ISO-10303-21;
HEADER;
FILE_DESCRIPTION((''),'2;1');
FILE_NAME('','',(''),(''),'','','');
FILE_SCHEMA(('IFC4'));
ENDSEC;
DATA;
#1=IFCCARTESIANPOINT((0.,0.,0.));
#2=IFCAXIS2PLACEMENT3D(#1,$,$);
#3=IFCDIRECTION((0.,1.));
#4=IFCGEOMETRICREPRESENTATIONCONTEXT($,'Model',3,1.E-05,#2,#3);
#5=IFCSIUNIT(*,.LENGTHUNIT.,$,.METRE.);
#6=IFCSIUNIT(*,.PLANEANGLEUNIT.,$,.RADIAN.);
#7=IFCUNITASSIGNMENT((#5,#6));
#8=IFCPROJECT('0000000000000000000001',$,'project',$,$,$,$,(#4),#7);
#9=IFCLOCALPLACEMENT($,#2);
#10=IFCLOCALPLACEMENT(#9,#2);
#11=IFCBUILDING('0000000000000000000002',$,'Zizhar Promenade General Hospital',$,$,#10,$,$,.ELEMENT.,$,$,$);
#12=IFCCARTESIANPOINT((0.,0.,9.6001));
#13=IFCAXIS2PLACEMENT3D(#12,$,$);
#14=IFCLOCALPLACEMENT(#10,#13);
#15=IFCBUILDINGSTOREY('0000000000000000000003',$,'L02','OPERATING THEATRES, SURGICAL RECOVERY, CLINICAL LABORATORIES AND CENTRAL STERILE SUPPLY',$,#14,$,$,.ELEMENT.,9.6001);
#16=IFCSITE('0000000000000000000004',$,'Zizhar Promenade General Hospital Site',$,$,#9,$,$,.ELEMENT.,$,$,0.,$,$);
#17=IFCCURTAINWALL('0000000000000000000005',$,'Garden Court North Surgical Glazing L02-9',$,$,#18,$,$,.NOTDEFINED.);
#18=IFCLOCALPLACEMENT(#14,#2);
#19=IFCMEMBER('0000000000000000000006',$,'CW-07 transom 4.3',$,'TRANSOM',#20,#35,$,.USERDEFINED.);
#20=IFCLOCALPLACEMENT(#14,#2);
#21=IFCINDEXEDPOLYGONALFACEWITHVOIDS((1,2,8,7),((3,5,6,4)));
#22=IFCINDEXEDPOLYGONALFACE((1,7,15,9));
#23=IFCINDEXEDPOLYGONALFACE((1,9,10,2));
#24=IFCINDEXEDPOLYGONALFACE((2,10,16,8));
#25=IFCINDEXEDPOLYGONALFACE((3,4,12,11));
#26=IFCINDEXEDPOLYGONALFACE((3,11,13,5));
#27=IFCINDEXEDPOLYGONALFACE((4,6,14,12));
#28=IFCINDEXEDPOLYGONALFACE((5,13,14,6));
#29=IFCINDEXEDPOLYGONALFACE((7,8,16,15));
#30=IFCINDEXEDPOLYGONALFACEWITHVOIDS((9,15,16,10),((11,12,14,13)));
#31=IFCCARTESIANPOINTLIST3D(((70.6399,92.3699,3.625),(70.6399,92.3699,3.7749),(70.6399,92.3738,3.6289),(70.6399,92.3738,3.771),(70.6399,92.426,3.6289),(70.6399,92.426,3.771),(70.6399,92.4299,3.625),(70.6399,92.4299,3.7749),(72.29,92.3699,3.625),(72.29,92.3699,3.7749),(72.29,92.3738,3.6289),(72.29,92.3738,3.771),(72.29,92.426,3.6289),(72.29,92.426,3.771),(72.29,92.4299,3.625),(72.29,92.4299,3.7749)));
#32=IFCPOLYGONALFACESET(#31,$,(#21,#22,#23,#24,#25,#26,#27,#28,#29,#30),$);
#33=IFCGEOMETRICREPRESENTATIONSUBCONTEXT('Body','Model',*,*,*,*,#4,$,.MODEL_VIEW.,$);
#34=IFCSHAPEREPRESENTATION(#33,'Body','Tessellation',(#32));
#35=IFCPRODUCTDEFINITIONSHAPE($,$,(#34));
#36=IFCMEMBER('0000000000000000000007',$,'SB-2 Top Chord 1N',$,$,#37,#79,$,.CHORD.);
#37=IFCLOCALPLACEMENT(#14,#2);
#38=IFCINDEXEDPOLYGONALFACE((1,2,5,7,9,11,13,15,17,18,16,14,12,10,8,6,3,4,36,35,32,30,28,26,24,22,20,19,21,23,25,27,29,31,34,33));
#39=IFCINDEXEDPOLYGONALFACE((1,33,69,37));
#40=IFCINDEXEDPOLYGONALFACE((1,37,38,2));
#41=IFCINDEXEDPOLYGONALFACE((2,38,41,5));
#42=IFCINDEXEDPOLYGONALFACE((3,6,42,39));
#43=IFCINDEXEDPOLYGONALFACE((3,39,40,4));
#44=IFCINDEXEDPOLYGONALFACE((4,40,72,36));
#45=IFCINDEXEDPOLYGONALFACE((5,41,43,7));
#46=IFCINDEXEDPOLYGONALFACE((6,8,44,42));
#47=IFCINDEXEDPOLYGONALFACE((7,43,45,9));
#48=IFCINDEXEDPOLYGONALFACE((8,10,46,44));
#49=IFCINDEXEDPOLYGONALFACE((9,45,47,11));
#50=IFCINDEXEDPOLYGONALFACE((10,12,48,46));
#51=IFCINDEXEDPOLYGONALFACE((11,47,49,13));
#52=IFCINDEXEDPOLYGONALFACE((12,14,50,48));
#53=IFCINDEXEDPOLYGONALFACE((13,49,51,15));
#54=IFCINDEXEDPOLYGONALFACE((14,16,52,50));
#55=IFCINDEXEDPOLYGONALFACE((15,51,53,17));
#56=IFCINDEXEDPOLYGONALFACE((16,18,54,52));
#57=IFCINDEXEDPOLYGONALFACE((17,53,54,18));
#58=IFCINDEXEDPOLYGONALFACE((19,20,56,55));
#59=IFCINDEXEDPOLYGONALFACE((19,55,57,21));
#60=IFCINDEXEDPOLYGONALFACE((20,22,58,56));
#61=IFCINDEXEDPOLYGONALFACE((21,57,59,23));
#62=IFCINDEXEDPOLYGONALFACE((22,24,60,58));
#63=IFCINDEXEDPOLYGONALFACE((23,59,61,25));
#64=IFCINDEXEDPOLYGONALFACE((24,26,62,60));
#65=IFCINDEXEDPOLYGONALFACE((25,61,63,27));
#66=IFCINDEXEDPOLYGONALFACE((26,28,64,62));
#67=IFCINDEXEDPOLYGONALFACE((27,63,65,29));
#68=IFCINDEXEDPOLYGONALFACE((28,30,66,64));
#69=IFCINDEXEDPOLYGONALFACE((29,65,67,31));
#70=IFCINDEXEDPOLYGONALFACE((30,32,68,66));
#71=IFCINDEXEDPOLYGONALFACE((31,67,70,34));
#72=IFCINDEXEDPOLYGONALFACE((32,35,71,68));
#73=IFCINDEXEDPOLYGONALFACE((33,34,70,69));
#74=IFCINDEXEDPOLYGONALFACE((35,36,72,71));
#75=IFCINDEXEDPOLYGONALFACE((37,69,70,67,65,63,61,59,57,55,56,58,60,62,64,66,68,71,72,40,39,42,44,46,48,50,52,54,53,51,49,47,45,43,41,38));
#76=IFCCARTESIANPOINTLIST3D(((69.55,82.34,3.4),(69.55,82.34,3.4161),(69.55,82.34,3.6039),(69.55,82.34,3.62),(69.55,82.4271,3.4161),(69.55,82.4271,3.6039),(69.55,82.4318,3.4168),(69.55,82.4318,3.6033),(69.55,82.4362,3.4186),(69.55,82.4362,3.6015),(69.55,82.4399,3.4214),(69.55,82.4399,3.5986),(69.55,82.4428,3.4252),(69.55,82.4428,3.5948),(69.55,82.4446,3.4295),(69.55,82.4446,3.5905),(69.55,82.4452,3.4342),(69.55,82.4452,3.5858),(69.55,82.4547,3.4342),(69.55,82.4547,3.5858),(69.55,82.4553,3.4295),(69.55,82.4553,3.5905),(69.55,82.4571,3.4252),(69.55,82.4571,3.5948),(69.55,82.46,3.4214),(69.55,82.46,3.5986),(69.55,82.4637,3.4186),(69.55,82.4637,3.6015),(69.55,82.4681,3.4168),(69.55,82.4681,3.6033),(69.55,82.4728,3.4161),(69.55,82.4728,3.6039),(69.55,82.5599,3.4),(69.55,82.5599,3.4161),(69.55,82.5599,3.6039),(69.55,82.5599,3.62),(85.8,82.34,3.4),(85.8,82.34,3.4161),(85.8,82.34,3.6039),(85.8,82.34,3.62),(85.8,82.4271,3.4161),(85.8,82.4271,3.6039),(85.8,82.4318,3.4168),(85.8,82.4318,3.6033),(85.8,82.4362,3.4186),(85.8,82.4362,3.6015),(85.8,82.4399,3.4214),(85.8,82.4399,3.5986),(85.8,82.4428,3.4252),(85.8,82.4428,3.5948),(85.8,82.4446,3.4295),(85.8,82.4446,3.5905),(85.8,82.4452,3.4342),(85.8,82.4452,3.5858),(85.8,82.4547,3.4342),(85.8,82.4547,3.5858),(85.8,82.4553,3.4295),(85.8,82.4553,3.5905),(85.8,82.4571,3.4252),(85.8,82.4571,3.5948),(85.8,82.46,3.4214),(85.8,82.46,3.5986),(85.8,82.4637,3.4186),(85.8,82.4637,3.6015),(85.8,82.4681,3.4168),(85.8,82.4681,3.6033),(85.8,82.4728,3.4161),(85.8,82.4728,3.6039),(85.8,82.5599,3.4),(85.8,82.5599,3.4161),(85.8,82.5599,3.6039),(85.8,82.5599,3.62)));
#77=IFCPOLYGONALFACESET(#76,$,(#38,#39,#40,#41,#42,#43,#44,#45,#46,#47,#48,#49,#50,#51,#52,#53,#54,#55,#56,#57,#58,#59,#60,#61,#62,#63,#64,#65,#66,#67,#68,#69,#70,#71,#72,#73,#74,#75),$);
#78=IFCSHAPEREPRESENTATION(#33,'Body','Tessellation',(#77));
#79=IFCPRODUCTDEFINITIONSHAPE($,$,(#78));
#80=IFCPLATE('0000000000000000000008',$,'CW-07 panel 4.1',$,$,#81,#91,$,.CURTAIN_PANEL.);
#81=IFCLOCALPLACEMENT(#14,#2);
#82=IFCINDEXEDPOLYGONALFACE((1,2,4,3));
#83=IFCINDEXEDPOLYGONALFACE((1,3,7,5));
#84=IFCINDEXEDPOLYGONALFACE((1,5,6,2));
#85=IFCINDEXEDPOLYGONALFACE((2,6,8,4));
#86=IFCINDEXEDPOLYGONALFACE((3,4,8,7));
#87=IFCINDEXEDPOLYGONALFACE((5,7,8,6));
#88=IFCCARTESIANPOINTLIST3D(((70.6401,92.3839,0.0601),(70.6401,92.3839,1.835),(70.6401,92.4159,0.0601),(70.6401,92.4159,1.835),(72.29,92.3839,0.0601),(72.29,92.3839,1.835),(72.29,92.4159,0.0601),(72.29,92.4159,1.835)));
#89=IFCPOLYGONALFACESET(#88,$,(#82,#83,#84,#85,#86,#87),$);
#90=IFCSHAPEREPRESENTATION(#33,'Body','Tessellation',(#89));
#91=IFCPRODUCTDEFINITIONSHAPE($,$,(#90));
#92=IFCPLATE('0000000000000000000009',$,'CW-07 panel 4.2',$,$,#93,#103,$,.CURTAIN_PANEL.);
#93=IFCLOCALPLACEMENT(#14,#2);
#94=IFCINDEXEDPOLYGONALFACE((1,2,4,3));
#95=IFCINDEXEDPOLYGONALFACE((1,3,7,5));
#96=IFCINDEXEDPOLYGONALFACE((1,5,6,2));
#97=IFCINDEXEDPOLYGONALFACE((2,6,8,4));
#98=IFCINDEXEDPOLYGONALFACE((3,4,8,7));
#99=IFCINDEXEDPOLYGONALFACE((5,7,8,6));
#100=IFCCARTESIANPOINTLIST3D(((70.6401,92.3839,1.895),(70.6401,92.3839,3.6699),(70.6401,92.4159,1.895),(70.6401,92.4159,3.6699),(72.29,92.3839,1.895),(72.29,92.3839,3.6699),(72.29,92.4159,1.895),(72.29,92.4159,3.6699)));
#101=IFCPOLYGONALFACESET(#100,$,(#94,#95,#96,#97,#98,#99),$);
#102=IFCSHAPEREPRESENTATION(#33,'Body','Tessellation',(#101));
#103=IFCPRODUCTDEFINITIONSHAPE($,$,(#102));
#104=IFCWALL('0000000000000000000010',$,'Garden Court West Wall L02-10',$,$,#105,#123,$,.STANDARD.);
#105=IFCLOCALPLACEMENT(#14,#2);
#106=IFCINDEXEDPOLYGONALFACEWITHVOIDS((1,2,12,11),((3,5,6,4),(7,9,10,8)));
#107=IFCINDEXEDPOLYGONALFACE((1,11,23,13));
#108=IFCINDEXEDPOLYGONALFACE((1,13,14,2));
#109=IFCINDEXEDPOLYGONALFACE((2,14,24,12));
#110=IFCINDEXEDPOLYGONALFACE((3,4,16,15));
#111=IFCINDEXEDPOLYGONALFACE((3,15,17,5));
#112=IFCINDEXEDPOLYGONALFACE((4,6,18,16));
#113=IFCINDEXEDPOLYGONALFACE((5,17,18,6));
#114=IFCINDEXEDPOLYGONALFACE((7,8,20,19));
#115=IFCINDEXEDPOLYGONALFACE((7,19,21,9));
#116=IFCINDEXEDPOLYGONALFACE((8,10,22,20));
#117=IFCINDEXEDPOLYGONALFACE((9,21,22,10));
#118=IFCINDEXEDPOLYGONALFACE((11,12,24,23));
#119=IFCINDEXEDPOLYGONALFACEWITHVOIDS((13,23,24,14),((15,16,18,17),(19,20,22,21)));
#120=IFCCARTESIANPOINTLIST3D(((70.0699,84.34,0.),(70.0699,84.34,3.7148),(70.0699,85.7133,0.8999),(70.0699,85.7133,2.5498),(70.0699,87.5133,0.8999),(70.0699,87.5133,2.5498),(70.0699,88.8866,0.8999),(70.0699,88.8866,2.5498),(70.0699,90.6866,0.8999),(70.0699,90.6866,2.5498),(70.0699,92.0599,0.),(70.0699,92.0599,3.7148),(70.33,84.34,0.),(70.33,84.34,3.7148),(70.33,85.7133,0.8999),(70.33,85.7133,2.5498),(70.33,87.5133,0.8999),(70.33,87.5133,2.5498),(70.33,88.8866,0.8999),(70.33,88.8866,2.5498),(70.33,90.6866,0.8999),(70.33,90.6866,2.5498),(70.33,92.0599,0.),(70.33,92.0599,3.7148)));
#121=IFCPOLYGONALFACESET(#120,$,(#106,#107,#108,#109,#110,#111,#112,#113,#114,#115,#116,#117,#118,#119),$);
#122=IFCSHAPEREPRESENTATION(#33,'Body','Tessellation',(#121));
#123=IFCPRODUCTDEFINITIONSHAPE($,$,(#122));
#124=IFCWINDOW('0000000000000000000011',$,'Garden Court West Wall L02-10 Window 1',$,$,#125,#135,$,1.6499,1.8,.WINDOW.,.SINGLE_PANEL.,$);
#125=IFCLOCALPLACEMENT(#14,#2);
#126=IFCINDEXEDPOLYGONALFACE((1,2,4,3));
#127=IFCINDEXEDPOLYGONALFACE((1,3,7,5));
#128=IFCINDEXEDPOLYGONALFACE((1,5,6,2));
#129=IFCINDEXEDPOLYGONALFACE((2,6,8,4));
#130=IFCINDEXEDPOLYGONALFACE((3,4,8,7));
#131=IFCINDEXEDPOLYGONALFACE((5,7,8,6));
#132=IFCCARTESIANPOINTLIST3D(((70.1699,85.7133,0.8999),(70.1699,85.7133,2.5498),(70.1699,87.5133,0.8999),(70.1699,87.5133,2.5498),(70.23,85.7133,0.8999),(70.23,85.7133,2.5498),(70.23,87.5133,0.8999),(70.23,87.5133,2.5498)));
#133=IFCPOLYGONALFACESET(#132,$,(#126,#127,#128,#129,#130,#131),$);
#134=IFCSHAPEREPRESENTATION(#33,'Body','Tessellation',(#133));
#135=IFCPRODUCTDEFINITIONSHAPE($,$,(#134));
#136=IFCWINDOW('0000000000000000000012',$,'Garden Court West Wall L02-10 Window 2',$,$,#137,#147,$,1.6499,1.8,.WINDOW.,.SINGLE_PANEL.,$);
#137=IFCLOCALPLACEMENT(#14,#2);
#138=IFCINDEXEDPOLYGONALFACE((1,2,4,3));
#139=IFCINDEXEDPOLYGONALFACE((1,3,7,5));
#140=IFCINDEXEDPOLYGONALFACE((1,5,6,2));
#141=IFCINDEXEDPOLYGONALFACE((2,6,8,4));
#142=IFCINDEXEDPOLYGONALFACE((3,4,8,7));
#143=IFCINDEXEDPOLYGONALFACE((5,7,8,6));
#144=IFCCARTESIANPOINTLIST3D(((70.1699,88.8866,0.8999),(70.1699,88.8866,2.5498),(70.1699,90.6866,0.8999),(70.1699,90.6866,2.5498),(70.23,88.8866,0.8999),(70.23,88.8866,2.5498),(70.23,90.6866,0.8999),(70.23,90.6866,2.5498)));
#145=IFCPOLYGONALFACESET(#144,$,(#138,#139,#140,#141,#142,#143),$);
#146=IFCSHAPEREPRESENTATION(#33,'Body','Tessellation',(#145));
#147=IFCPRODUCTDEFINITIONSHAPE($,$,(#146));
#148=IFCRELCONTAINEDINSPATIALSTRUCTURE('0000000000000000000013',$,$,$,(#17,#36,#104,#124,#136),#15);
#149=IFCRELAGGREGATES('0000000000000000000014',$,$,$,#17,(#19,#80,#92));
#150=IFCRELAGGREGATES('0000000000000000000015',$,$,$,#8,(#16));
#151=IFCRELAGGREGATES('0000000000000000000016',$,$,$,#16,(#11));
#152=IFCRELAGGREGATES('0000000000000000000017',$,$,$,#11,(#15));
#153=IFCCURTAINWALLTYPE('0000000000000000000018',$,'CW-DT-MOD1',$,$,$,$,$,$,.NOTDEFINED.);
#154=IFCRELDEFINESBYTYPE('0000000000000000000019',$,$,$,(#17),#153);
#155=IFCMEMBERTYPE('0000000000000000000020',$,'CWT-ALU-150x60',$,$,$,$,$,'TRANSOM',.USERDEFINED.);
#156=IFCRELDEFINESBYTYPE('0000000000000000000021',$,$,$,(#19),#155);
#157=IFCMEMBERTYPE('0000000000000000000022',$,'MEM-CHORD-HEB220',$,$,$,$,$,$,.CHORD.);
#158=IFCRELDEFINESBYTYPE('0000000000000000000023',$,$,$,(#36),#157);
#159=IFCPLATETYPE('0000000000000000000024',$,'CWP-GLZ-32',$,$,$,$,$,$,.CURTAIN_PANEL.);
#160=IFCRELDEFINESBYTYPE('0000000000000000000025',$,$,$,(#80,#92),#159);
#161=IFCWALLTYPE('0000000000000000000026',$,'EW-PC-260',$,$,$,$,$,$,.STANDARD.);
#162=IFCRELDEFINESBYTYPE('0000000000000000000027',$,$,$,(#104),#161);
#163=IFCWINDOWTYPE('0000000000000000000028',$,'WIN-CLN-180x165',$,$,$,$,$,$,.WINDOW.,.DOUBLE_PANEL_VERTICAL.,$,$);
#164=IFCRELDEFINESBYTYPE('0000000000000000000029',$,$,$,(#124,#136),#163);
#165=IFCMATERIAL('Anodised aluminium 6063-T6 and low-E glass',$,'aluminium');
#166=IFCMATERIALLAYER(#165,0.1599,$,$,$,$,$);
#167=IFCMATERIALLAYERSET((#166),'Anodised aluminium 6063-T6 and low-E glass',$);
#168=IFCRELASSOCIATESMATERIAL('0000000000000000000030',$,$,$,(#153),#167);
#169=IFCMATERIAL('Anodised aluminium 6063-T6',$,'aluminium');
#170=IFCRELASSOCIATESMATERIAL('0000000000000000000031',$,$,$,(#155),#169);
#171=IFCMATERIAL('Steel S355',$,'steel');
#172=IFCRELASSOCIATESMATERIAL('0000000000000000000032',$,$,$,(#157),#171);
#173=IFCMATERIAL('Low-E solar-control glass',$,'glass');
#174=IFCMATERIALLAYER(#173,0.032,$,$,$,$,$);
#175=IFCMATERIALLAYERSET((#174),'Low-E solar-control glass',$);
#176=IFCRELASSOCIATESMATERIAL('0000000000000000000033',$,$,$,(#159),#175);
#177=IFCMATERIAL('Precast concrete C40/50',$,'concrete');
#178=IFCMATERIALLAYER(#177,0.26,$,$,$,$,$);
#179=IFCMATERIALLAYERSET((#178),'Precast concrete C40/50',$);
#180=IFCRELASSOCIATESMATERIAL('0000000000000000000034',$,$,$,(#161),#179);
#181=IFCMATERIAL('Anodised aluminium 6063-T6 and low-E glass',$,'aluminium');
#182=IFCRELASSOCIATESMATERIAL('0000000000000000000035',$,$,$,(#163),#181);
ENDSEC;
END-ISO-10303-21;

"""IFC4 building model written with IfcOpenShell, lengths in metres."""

from ifc_helpers import new_model, si_unit, direction, frame, frame_2d, origin, origin_2d, place, context, subcontext, project, spatial, rectangle, hollow_rectangle, i_section, extrude, material, layer, layer_set, material_profile, profile_set, type_object, element, fill, aggregate, save


model = new_model("IFC4")

# Units and contexts
model_context = context("Model", 3, precision=1e-05, world=origin(), true_north=direction((0.0, 1.0)))
body_context = subcontext(model_context, "Body", "Model", "MODEL_VIEW")
ifc_project = project(units=[si_unit("LENGTHUNIT", "METRE"), si_unit("PLANEANGLEUNIT", "RADIAN")], contexts=[model_context])

# Site, building, storey
site_placement = place(None, origin())
site = spatial("IfcSite", under=ifc_project, at=site_placement, Name="Zizhar Promenade General Hospital Site", CompositionType="ELEMENT", RefElevation=0.0)
building_placement = place(site_placement, origin())
building = spatial("IfcBuilding", under=site, at=building_placement, Name="Zizhar Promenade General Hospital", CompositionType="ELEMENT")
storey_placement = place(building_placement, frame((0.0, 0.0, 9.6001)))
storey = spatial("IfcBuildingStorey", under=building, at=storey_placement, Name="L02", Description="OPERATING THEATRES, SURGICAL RECOVERY, CLINICAL LABORATORIES AND CENTRAL STERILE SUPPLY", CompositionType="ELEMENT", Elevation=9.6001)

# Curtain wall
ifc_material_1 = material(Name="Anodised aluminium 6063-T6 and low-E glass", Category="aluminium")
ifc_layer_1 = layer(ifc_material_1, 0.1599)
ifc_layer_set_1 = layer_set([ifc_layer_1], Name="Anodised aluminium 6063-T6 and low-E glass")
curtain_wall_type_1 = type_object("IfcCurtainWallType", Name="CW-DT-MOD1", PredefinedType="NOTDEFINED", material=ifc_layer_set_1)
curtain_wall_1_placement = place(storey_placement, origin())
curtain_wall_1 = element("IfcCurtainWall", 1, at=curtain_wall_1_placement, inside=storey, type_object=curtain_wall_type_1, Name="Garden Court North Surgical Glazing L02-9", PredefinedType="NOTDEFINED")

# Members
ifc_material_2 = material(Name="Anodised aluminium 6063-T6", Category="aluminium")
ifc_material_profile_1 = material_profile(ifc_material_2, hollow_rectangle(XDim=0.0601, YDim=0.1499, WallThickness=0.0039, at=origin_2d()))
ifc_profile_set_1 = profile_set([ifc_material_profile_1], Name="Anodised aluminium 6063-T6")
member_type_1 = type_object("IfcMemberType", Name="CWT-ALU-150x60", ElementType="TRANSOM", PredefinedType="USERDEFINED", material=ifc_profile_set_1)
member_1_placement = place(storey_placement, frame((72.29, 92.3999, 3.7), z_axis=(-1.0, 0.0, 0.0), x_axis=(0.0, -1.0, 0.0)))
member_1 = element("IfcMember", 2, at=member_1_placement, type_object=member_type_1, Name="CW-07 transom 4.3", ObjectType="TRANSOM", PredefinedType="USERDEFINED", context=body_context, shape_type="SweptSolid", body=[
    extrude(hollow_rectangle(XDim=0.0601, YDim=0.1499, WallThickness=0.0039, at=origin_2d()), origin(), (0.0, 0.0, 1.0), 1.6501),
])
ifc_material_3 = material(Name="Steel S355", Category="steel")
ifc_material_profile_2 = material_profile(ifc_material_3, i_section(OverallWidth=0.22, OverallDepth=0.22, WebThickness=0.0095, FlangeThickness=0.0161, FilletRadius=0.0181, at=origin_2d()))
ifc_profile_set_2 = profile_set([ifc_material_profile_2], Name="Steel S355")
member_type_2 = type_object("IfcMemberType", Name="MEM-CHORD-HEB220", PredefinedType="CHORD", material=ifc_profile_set_2)
member_2_placement = place(storey_placement, frame((69.55, 82.45, 3.51), z_axis=(1.0, 0.0, 0.0), x_axis=(0.0, 1.0, 0.0)))
element("IfcMember", 3, at=member_2_placement, inside=storey, type_object=member_type_2, Name="SB-2 Top Chord 1N", PredefinedType="CHORD", context=body_context, shape_type="SweptSolid", body=[
    extrude(i_section(OverallWidth=0.22, OverallDepth=0.22, WebThickness=0.0095, FlangeThickness=0.0161, FilletRadius=0.0181, at=origin_2d()), origin(), (0.0, 0.0, 1.0), 16.25),
])

# Plates
ifc_material_4 = material(Name="Low-E solar-control glass", Category="glass")
ifc_layer_2 = layer(ifc_material_4, 0.032)
ifc_layer_set_2 = layer_set([ifc_layer_2], Name="Low-E solar-control glass")
plate_type = type_object("IfcPlateType", Name="CWP-GLZ-32", PredefinedType="CURTAIN_PANEL", material=ifc_layer_set_2)
plate_1_placement = place(storey_placement, frame((71.4651, 92.3999, 0.0601), z_axis=(0.0, 0.0, 1.0), x_axis=(-1.0, 0.0, 0.0)))
plate_1 = element("IfcPlate", 4, at=plate_1_placement, type_object=plate_type, Name="CW-07 panel 4.1", PredefinedType="CURTAIN_PANEL", context=body_context, shape_type="SweptSolid", body=[
    extrude(rectangle(XDim=1.6499, YDim=0.032, at=origin_2d()), origin(), (0.0, 0.0, 1.0), 1.7749),
])
plate_2_placement = place(storey_placement, frame((71.4651, 92.3999, 1.895), z_axis=(0.0, 0.0, 1.0), x_axis=(-1.0, 0.0, 0.0)))
plate_2 = element("IfcPlate", 5, at=plate_2_placement, type_object=plate_type, Name="CW-07 panel 4.2", PredefinedType="CURTAIN_PANEL", context=body_context, shape_type="SweptSolid", body=[
    extrude(rectangle(XDim=1.6499, YDim=0.032, at=origin_2d()), origin(), (0.0, 0.0, 1.0), 1.7749),
])
aggregate(curtain_wall_1, [member_1, plate_1, plate_2])

# Wall, openings, windows
ifc_material_5 = material(Name="Precast concrete C40/50", Category="concrete")
ifc_layer_3 = layer(ifc_material_5, 0.26)
ifc_layer_set_3 = layer_set([ifc_layer_3], Name="Precast concrete C40/50")
wall_type = type_object("IfcWallType", Name="EW-PC-260", PredefinedType="STANDARD", material=ifc_layer_set_3)
wall_placement = place(storey_placement, frame((70.2, 84.3401, 0.0), z_axis=(0.0, 0.0, 1.0), x_axis=(0.0, 1.0, 0.0)))
wall = element("IfcWall", 6, at=wall_placement, inside=storey, type_object=wall_type, Name="Garden Court West Wall L02-10", PredefinedType="STANDARD", context=body_context, shape_type="SweptSolid", body=[
    extrude(rectangle(XDim=7.72, YDim=0.26, at=frame_2d((3.8599, 0.0))), origin(), (0.0, 0.0, 1.0), 3.7148),
])
opening_1_placement = place(wall_placement, frame((1.3733, 0.0, 0.8999)))
opening_1 = element("IfcOpeningElement", 7, at=opening_1_placement, cuts=wall, PredefinedType="OPENING", context=body_context, shape_type="SweptSolid", body=[
    extrude(rectangle(XDim=1.8, YDim=1.6499, at=frame_2d((0.8999, 0.825))), frame((0.0, 0.1401, 0.0), z_axis=(0.0, -1.0, 0.0), x_axis=(1.0, 0.0, 0.0)), (0.0, 0.0, 1.0), 0.28),
])
opening_2_placement = place(wall_placement, frame((4.5466, 0.0, 0.8999)))
opening_2 = element("IfcOpeningElement", 8, at=opening_2_placement, cuts=wall, PredefinedType="OPENING", context=body_context, shape_type="SweptSolid", body=[
    extrude(rectangle(XDim=1.8, YDim=1.6499, at=frame_2d((0.8999, 0.825))), frame((0.0, 0.1401, 0.0), z_axis=(0.0, -1.0, 0.0), x_axis=(1.0, 0.0, 0.0)), (0.0, 0.0, 1.0), 0.28),
])
ifc_material_6 = material(Name="Anodised aluminium 6063-T6 and low-E glass", Category="aluminium")
window_type = type_object("IfcWindowType", Name="WIN-CLN-180x165", PartitioningType="DOUBLE_PANEL_VERTICAL", PredefinedType="WINDOW", material=ifc_material_6)
window_1_placement = place(opening_1_placement, origin())
window_1 = element("IfcWindow", 9, at=window_1_placement, inside=storey, type_object=window_type, Name="Garden Court West Wall L02-10 Window 1", OverallHeight=1.6499, OverallWidth=1.8, PartitioningType="SINGLE_PANEL", PredefinedType="WINDOW", context=body_context, shape_type="SweptSolid", body=[
    extrude(rectangle(XDim=1.8, YDim=1.6499, at=frame_2d((0.8999, 0.825))), frame((0.0, 0.03, 0.0), z_axis=(0.0, -1.0, 0.0), x_axis=(1.0, 0.0, 0.0)), (0.0, 0.0, 1.0), 0.0601),
])
fill(opening_1, window_1)
window_2_placement = place(opening_2_placement, origin())
window_2 = element("IfcWindow", 10, at=window_2_placement, inside=storey, type_object=window_type, Name="Garden Court West Wall L02-10 Window 2", OverallHeight=1.6499, OverallWidth=1.8, PartitioningType="SINGLE_PANEL", PredefinedType="WINDOW", context=body_context, shape_type="SweptSolid", body=[
    extrude(rectangle(XDim=1.8, YDim=1.6499, at=frame_2d((0.8999, 0.825))), frame((0.0, 0.03, 0.0), z_axis=(0.0, -1.0, 0.0), x_axis=(1.0, 0.0, 0.0)), (0.0, 0.0, 1.0), 0.0601),
])
fill(opening_2, window_2)

save(model, "model.ifc")
